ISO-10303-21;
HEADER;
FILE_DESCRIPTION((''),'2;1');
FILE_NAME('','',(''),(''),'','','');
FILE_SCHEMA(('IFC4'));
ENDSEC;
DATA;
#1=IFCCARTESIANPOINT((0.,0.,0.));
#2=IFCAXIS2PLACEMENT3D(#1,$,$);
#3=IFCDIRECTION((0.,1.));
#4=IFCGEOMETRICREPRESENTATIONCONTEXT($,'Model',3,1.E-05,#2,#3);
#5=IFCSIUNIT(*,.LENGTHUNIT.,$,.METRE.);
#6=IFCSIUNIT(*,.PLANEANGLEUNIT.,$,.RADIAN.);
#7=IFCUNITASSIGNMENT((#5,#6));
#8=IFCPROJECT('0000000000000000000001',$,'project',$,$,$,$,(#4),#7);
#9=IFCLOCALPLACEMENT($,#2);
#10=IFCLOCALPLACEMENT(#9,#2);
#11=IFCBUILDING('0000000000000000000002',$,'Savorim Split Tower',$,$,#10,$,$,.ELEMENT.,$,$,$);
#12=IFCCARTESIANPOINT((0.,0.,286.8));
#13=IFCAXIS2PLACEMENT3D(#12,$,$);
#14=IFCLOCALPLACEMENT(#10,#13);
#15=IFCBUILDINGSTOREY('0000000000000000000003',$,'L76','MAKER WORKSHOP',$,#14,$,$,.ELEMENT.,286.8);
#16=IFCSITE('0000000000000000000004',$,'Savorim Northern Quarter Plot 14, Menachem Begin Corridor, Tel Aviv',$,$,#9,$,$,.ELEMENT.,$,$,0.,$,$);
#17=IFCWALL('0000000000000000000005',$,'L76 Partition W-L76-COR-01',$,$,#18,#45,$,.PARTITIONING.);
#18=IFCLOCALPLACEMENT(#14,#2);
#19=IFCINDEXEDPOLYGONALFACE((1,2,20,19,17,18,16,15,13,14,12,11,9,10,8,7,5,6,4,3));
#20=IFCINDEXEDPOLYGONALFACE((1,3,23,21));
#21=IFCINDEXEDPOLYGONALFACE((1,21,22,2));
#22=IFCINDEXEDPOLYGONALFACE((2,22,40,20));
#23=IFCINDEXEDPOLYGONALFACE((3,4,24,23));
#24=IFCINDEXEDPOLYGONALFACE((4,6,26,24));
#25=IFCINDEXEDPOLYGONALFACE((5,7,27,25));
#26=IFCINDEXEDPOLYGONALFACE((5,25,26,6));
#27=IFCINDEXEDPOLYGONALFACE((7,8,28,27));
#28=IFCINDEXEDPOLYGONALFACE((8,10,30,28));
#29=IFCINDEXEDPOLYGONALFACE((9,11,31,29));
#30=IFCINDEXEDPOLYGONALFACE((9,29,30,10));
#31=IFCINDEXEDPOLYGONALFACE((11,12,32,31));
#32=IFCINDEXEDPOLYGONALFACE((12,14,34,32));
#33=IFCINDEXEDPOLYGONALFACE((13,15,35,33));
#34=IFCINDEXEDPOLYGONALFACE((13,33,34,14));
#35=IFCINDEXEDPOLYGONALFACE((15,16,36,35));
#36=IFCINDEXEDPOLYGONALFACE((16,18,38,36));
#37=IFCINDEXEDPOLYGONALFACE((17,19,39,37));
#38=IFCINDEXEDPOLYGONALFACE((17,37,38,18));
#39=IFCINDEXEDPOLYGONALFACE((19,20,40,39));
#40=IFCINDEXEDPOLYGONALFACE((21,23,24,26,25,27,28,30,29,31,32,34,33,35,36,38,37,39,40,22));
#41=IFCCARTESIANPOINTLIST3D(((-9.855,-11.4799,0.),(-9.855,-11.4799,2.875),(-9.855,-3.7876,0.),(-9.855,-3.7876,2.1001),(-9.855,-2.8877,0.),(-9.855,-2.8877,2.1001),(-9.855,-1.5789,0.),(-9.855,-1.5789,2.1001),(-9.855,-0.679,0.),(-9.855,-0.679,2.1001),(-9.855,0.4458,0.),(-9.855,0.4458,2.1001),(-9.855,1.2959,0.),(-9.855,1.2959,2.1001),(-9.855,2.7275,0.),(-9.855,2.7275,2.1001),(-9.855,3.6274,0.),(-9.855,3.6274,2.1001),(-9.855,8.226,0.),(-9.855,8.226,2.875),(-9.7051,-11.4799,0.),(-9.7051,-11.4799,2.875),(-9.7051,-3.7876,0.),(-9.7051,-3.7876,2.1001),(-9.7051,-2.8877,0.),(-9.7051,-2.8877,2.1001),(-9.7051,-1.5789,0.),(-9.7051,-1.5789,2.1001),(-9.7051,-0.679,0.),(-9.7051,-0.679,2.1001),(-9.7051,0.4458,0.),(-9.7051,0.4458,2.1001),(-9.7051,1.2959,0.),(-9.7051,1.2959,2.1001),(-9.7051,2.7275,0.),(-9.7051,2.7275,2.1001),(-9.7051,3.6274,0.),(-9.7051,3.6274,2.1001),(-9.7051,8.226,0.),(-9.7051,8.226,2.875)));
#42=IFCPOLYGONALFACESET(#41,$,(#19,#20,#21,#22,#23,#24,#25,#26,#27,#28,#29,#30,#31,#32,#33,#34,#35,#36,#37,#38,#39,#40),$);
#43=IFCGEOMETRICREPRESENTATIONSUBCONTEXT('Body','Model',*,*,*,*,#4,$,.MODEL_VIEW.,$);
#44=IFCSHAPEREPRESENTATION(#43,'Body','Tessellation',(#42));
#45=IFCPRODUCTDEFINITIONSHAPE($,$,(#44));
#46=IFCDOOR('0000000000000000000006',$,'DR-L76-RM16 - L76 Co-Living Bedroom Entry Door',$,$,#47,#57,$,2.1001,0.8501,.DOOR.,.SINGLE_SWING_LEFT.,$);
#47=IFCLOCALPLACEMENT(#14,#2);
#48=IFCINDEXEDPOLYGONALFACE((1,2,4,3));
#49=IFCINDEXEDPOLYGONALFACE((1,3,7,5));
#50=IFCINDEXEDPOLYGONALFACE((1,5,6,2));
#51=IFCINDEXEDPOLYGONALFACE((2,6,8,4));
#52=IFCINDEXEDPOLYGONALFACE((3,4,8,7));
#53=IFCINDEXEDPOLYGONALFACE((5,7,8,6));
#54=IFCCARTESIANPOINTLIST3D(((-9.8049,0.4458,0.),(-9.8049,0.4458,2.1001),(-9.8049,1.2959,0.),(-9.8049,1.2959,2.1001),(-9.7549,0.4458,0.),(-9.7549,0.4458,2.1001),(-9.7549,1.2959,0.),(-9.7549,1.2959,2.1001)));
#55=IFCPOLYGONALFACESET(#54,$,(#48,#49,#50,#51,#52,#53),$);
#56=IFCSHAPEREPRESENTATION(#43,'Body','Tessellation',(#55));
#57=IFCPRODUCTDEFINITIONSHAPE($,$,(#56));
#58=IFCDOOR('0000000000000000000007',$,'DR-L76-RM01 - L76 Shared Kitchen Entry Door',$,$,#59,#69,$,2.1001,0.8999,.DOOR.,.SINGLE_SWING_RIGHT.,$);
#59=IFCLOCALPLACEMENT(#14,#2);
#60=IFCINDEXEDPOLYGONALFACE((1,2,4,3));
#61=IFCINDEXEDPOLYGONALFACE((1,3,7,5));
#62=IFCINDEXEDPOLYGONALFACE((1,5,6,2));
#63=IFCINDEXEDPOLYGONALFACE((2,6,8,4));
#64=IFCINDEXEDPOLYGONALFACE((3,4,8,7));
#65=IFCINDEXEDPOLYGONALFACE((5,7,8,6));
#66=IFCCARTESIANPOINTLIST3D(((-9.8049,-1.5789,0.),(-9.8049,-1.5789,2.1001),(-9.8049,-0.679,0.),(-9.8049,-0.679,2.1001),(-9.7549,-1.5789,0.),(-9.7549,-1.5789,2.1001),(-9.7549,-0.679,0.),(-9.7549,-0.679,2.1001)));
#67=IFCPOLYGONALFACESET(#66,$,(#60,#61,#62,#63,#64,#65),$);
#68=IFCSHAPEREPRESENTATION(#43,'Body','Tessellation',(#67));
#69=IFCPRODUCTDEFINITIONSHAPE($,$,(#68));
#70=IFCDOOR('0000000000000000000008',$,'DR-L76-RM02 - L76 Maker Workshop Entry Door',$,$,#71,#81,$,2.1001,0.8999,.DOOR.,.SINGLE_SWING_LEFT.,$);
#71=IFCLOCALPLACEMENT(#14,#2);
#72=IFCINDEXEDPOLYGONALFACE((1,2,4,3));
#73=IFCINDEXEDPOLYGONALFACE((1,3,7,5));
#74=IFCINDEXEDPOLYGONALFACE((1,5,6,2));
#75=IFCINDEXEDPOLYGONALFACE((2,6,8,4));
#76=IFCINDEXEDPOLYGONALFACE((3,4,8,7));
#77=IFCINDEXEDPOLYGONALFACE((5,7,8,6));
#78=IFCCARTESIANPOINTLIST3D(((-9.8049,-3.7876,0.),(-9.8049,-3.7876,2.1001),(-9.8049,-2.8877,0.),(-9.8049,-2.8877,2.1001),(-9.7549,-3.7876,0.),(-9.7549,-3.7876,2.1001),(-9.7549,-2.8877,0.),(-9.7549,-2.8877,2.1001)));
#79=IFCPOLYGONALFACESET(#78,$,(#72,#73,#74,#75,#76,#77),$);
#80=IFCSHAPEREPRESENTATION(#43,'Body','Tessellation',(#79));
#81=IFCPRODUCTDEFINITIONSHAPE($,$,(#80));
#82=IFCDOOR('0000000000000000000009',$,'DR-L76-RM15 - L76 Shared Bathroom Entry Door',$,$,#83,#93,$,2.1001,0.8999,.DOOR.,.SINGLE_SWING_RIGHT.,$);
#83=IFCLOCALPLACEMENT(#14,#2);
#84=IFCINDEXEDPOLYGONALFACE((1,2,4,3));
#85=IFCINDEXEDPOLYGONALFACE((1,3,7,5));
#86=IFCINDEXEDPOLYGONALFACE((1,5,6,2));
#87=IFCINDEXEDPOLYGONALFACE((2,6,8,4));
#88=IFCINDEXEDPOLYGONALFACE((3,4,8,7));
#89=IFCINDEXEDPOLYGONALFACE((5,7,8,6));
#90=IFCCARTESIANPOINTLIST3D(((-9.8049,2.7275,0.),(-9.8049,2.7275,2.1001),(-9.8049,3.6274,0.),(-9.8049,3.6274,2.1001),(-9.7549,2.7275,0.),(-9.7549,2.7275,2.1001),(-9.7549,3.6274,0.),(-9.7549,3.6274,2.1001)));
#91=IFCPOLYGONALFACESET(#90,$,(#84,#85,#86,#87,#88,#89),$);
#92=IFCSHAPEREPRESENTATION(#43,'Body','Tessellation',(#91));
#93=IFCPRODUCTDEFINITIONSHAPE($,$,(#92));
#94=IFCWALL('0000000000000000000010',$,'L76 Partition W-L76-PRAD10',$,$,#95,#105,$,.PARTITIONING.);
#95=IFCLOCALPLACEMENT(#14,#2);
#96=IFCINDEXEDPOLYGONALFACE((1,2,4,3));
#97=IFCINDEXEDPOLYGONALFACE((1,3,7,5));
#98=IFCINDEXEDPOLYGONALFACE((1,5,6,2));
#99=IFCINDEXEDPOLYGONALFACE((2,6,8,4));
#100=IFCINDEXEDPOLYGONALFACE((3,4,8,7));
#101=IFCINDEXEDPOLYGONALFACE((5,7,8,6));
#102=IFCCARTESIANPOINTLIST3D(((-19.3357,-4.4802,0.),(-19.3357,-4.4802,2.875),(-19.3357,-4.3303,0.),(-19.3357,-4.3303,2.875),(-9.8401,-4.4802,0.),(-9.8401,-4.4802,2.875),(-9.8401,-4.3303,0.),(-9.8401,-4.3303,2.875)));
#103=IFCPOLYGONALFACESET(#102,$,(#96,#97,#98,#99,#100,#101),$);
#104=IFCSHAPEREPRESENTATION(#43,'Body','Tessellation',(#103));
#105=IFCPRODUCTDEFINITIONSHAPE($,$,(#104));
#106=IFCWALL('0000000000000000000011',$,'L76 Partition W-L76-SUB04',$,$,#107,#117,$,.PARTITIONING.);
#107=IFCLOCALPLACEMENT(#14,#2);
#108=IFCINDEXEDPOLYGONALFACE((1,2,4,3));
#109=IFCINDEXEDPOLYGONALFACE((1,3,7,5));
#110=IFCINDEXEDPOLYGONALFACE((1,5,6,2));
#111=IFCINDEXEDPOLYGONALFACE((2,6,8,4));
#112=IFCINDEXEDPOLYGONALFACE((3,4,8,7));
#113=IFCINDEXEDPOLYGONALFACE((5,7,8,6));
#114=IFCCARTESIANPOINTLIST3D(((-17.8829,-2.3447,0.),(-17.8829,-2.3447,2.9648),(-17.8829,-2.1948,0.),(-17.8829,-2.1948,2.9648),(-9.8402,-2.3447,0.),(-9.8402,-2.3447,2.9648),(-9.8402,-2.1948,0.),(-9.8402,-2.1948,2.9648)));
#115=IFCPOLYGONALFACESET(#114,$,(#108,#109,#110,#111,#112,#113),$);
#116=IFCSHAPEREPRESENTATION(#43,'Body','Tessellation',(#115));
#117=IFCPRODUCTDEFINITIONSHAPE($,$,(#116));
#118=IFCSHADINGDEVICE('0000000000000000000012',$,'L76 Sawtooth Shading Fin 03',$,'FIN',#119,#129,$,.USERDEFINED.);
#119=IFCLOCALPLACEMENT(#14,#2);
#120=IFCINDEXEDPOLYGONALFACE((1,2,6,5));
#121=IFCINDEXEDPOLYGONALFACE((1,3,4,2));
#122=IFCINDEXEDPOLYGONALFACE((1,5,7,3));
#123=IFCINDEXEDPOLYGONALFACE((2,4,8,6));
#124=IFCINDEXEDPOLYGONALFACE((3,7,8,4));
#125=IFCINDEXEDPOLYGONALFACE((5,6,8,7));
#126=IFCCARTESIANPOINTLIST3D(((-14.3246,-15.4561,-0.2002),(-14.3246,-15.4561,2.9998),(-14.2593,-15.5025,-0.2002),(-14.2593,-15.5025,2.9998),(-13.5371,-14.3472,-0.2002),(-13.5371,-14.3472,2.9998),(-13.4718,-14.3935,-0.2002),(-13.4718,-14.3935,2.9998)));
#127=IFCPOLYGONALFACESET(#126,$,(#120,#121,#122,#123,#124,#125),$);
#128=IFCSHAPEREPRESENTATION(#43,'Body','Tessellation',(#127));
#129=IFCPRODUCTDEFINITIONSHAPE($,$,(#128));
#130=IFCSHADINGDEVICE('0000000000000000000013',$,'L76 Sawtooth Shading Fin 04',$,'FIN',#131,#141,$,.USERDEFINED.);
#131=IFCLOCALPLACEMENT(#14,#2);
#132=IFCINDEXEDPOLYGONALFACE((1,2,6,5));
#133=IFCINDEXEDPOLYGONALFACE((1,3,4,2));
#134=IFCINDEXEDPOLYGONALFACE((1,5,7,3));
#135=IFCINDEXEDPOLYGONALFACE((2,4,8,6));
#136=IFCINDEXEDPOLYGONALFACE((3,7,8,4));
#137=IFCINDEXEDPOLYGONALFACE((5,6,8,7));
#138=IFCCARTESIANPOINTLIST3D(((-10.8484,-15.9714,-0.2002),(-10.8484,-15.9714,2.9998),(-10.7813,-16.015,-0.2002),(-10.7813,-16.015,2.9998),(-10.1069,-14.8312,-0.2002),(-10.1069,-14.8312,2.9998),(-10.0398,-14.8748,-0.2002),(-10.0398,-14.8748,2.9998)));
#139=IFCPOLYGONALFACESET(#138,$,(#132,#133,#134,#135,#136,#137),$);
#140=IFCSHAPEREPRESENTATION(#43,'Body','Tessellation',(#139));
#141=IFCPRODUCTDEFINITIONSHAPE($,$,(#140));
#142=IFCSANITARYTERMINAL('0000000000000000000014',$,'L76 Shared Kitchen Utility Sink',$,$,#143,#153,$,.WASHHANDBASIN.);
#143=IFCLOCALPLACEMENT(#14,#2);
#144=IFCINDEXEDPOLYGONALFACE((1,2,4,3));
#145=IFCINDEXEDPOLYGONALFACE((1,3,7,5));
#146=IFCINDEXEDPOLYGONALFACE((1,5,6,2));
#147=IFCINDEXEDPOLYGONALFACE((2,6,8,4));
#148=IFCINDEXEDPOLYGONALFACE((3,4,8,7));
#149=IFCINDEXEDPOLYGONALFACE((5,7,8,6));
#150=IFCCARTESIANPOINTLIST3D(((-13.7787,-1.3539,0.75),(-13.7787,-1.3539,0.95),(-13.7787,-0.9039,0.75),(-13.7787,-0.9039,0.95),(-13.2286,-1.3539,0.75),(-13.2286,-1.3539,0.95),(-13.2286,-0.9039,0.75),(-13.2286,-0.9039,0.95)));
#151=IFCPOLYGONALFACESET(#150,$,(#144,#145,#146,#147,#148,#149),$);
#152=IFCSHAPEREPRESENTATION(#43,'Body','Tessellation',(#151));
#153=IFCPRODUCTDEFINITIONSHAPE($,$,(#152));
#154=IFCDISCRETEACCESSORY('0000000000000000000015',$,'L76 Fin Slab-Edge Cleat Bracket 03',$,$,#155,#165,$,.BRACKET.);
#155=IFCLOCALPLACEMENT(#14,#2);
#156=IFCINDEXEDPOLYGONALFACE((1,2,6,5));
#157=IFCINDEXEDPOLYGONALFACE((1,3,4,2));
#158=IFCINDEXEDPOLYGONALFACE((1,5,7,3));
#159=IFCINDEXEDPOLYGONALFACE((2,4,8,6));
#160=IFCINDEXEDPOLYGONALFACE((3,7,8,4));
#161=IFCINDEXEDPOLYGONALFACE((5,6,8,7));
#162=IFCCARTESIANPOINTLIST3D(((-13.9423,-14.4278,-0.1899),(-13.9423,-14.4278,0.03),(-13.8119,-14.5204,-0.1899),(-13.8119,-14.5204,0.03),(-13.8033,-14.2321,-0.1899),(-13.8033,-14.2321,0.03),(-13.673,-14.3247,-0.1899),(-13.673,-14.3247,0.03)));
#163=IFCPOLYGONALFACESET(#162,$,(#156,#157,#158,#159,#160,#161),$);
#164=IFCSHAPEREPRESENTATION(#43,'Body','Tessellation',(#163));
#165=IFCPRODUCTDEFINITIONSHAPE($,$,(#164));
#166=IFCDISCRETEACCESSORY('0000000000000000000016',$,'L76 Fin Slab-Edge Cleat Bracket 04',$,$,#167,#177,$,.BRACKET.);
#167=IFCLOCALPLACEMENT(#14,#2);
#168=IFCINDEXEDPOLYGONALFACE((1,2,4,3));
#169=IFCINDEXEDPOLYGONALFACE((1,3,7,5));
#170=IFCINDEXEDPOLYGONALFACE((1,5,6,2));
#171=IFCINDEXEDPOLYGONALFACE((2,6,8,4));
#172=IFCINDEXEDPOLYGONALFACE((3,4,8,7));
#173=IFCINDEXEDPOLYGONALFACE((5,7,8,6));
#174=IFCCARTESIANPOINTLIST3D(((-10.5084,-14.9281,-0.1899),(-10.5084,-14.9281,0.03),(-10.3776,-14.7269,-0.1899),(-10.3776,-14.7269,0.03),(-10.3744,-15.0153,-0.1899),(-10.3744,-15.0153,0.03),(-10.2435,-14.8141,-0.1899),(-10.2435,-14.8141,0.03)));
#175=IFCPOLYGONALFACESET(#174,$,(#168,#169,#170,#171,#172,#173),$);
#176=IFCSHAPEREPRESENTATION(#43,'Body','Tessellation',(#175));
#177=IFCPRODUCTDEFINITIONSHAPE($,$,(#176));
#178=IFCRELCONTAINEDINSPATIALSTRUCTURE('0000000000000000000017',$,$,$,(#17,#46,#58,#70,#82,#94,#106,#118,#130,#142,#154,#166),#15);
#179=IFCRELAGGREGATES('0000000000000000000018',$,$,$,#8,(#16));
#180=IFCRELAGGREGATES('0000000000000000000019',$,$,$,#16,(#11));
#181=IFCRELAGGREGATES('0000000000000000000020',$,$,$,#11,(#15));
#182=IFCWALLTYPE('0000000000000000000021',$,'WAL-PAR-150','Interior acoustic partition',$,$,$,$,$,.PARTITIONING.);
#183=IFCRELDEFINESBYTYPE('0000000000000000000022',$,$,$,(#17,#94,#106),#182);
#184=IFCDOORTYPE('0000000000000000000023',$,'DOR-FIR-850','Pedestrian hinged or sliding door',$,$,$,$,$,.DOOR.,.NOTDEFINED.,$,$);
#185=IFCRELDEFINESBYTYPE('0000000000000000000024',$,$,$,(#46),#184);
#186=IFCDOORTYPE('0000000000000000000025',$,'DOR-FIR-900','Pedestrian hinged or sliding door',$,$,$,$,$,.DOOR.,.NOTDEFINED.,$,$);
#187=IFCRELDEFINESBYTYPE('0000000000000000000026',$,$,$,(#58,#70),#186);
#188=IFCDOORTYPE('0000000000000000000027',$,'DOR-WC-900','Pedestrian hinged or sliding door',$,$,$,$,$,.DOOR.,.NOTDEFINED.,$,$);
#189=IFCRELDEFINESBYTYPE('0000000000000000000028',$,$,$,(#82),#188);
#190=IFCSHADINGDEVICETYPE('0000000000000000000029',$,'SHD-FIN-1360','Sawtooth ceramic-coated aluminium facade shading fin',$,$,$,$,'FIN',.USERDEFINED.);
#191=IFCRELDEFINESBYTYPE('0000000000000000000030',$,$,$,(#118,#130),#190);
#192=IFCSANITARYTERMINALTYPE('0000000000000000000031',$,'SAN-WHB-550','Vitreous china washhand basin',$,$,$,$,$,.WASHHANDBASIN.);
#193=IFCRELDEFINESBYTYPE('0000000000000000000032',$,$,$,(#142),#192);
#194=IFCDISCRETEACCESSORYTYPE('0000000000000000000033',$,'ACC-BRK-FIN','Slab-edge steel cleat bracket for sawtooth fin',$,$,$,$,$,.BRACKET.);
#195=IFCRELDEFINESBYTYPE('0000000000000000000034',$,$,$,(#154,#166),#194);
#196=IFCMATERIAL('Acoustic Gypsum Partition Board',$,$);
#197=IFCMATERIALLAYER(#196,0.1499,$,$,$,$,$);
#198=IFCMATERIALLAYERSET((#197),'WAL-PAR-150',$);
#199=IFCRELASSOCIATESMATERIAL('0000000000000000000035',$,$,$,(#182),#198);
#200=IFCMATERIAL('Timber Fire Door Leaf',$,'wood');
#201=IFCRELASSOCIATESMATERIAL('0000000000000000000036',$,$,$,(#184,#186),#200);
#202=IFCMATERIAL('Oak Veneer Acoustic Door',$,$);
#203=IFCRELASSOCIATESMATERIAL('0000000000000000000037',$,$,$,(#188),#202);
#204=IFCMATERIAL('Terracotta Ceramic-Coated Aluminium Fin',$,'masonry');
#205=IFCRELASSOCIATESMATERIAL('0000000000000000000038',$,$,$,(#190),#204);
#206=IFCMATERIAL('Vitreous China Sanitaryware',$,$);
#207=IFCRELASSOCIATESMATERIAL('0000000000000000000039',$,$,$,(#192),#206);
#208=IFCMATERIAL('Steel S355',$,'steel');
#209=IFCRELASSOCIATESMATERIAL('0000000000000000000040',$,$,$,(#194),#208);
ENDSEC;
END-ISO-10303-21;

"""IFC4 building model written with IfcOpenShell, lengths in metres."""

from ifc_helpers import new_model, si_unit, direction, frame, frame_2d, origin, origin_2d, place, context, subcontext, project, spatial, rectangle, extrude, material, layer, layer_set, type_object, element, fill, save


model = new_model("IFC4")

# Units and contexts
model_context = context("Model", 3, precision=1e-05, world=origin(), true_north=direction((0.0, 1.0)))
body_context = subcontext(model_context, "Body", "Model", "MODEL_VIEW")
ifc_project = project(units=[si_unit("LENGTHUNIT", "METRE"), si_unit("PLANEANGLEUNIT", "RADIAN")], contexts=[model_context])

# Site, building, storey
site_placement = place(None, origin())
site = spatial("IfcSite", under=ifc_project, at=site_placement, Name="Savorim Northern Quarter Plot 14, Menachem Begin Corridor, Tel Aviv", CompositionType="ELEMENT", RefElevation=0.0)
building_placement = place(site_placement, origin())
building = spatial("IfcBuilding", under=site, at=building_placement, Name="Savorim Split Tower", CompositionType="ELEMENT")
storey_placement = place(building_placement, frame((0.0, 0.0, 286.8)))
storey = spatial("IfcBuildingStorey", under=building, at=storey_placement, Name="L76", Description="MAKER WORKSHOP", CompositionType="ELEMENT", Elevation=286.8)

# Shared definitions
ifc_material_1 = material(Name="Steel S355", Category="steel")

# Wall, openings, doors
ifc_material_2 = material(Name="Acoustic Gypsum Partition Board")
ifc_layer_1 = layer(ifc_material_2, 0.1499)
ifc_layer_set_1 = layer_set([ifc_layer_1], Name="WAL-PAR-150")
wall_type = type_object("IfcWallType", Name="WAL-PAR-150", Description="Interior acoustic partition", PredefinedType="PARTITIONING", material=ifc_layer_set_1)
wall_1_placement = place(storey_placement, frame((-9.78, -11.48, 0.0), z_axis=(0.0, 0.0, 1.0), x_axis=(0.0, 1.0, 0.0)))
wall_1 = element("IfcWall", 1, at=wall_1_placement, inside=storey, type_object=wall_type, Name="L76 Partition W-L76-COR-01", PredefinedType="PARTITIONING", context=body_context, shape_type="SweptSolid", body=[
    extrude(rectangle(XDim=19.7058, YDim=0.1499, at=frame_2d((9.853, 0.0))), origin(), (0.0, 0.0, 1.0), 2.875),
])
opening_1_placement = place(wall_1_placement, frame((9.9011, 0.0, 0.0)))
opening_1 = element("IfcOpeningElement", 2, at=opening_1_placement, cuts=wall_1, PredefinedType="OPENING", context=body_context, shape_type="SweptSolid", body=[
    extrude(rectangle(XDim=0.8999, YDim=2.1001, at=frame_2d((0.45, 1.05))), frame((0.0, 0.085, 0.0), z_axis=(0.0, -1.0, 0.0), x_axis=(1.0, 0.0, 0.0)), (0.0, 0.0, 1.0), 0.1699),
])
opening_2_placement = place(wall_1_placement, frame((7.6924, 0.0, 0.0)))
opening_2 = element("IfcOpeningElement", 3, at=opening_2_placement, cuts=wall_1, PredefinedType="OPENING", context=body_context, shape_type="SweptSolid", body=[
    extrude(rectangle(XDim=0.8999, YDim=2.1001, at=frame_2d((0.45, 1.05))), frame((0.0, 0.085, 0.0), z_axis=(0.0, -1.0, 0.0), x_axis=(1.0, 0.0, 0.0)), (0.0, 0.0, 1.0), 0.1699),
])
opening_3_placement = place(wall_1_placement, frame((14.2075, 0.0, 0.0)))
opening_3 = element("IfcOpeningElement", 4, at=opening_3_placement, cuts=wall_1, PredefinedType="OPENING", context=body_context, shape_type="SweptSolid", body=[
    extrude(rectangle(XDim=0.8999, YDim=2.1001, at=frame_2d((0.45, 1.05))), frame((0.0, 0.085, 0.0), z_axis=(0.0, -1.0, 0.0), x_axis=(1.0, 0.0, 0.0)), (0.0, 0.0, 1.0), 0.1699),
])
opening_4_placement = place(wall_1_placement, frame((11.9258, 0.0, 0.0)))
opening_4 = element("IfcOpeningElement", 5, at=opening_4_placement, cuts=wall_1, PredefinedType="OPENING", context=body_context, shape_type="SweptSolid", body=[
    extrude(rectangle(XDim=0.8501, YDim=2.1001, at=frame_2d((0.425, 1.05))), frame((0.0, 0.085, 0.0), z_axis=(0.0, -1.0, 0.0), x_axis=(1.0, 0.0, 0.0)), (0.0, 0.0, 1.0), 0.1699),
])
ifc_material_3 = material(Name="Timber Fire Door Leaf", Category="wood")
door_type_1 = type_object("IfcDoorType", Name="DOR-FIR-850", Description="Pedestrian hinged or sliding door", OperationType="NOTDEFINED", PredefinedType="DOOR", material=ifc_material_3)
door_1_placement = place(opening_4_placement, origin())
door_1 = element("IfcDoor", 6, at=door_1_placement, inside=storey, type_object=door_type_1, Name="DR-L76-RM16 - L76 Co-Living Bedroom Entry Door", OperationType="SINGLE_SWING_LEFT", OverallHeight=2.1001, OverallWidth=0.8501, PredefinedType="DOOR", context=body_context, shape_type="SweptSolid", body=[
    extrude(rectangle(XDim=0.8501, YDim=2.1001, at=frame_2d((0.425, 1.05))), frame((0.0, 0.0249, 0.0), z_axis=(0.0, -1.0, 0.0), x_axis=(1.0, 0.0, 0.0)), (0.0, 0.0, 1.0), 0.05),
])
fill(opening_4, door_1)
door_type_2 = type_object("IfcDoorType", Name="DOR-FIR-900", Description="Pedestrian hinged or sliding door", OperationType="NOTDEFINED", PredefinedType="DOOR", material=ifc_material_3)
door_2_placement = place(opening_1_placement, origin())
door_2 = element("IfcDoor", 7, at=door_2_placement, inside=storey, type_object=door_type_2, Name="DR-L76-RM01 - L76 Shared Kitchen Entry Door", OperationType="SINGLE_SWING_RIGHT", OverallHeight=2.1001, OverallWidth=0.8999, PredefinedType="DOOR", context=body_context, shape_type="SweptSolid", body=[
    extrude(rectangle(XDim=0.8999, YDim=2.1001, at=frame_2d((0.45, 1.05))), frame((0.0, 0.0249, 0.0), z_axis=(0.0, -1.0, 0.0), x_axis=(1.0, 0.0, 0.0)), (0.0, 0.0, 1.0), 0.05),
])
fill(opening_1, door_2)
door_3_placement = place(opening_2_placement, origin())
door_3 = element("IfcDoor", 8, at=door_3_placement, inside=storey, type_object=door_type_2, Name="DR-L76-RM02 - L76 Maker Workshop Entry Door", OperationType="SINGLE_SWING_LEFT", OverallHeight=2.1001, OverallWidth=0.8999, PredefinedType="DOOR", context=body_context, shape_type="SweptSolid", body=[
    extrude(rectangle(XDim=0.8999, YDim=2.1001, at=frame_2d((0.45, 1.05))), frame((0.0, 0.0249, 0.0), z_axis=(0.0, -1.0, 0.0), x_axis=(1.0, 0.0, 0.0)), (0.0, 0.0, 1.0), 0.05),
])
fill(opening_2, door_3)
ifc_material_4 = material(Name="Oak Veneer Acoustic Door")
door_type_3 = type_object("IfcDoorType", Name="DOR-WC-900", Description="Pedestrian hinged or sliding door", OperationType="NOTDEFINED", PredefinedType="DOOR", material=ifc_material_4)
door_4_placement = place(opening_3_placement, origin())
door_4 = element("IfcDoor", 9, at=door_4_placement, inside=storey, type_object=door_type_3, Name="DR-L76-RM15 - L76 Shared Bathroom Entry Door", OperationType="SINGLE_SWING_RIGHT", OverallHeight=2.1001, OverallWidth=0.8999, PredefinedType="DOOR", context=body_context, shape_type="SweptSolid", body=[
    extrude(rectangle(XDim=0.8999, YDim=2.1001, at=frame_2d((0.45, 1.05))), frame((0.0, 0.0249, 0.0), z_axis=(0.0, -1.0, 0.0), x_axis=(1.0, 0.0, 0.0)), (0.0, 0.0, 1.0), 0.05),
])
fill(opening_3, door_4)

# Walls
wall_2_placement = place(storey_placement, frame((-9.8401, -4.4053, 0.0), z_axis=(0.0, 0.0, 1.0), x_axis=(-1.0, 0.0, 0.0)))
element("IfcWall", 10, at=wall_2_placement, inside=storey, type_object=wall_type, Name="L76 Partition W-L76-PRAD10", PredefinedType="PARTITIONING", context=body_context, shape_type="SweptSolid", body=[
    extrude(rectangle(XDim=9.4956, YDim=0.1499, at=frame_2d((4.7478, 0.0))), origin(), (0.0, 0.0, 1.0), 2.875),
])
wall_3_placement = place(storey_placement, frame((-9.8401, -2.2698, 0.0), z_axis=(0.0, 0.0, 1.0), x_axis=(-1.0, 0.0, 0.0)))
element("IfcWall", 11, at=wall_3_placement, inside=storey, type_object=wall_type, Name="L76 Partition W-L76-SUB04", PredefinedType="PARTITIONING", context=body_context, shape_type="SweptSolid", body=[
    extrude(rectangle(XDim=8.0427, YDim=0.1499, at=frame_2d((4.0215, 0.0))), origin(), (0.0, 0.0, 1.0), 2.9648),
])

# Shading devices
ifc_material_5 = material(Name="Terracotta Ceramic-Coated Aluminium Fin", Category="masonry")
shading_device_type = type_object("IfcShadingDeviceType", Name="SHD-FIN-1360", Description="Sawtooth ceramic-coated aluminium facade shading fin", ElementType="FIN", PredefinedType="USERDEFINED", material=ifc_material_5)
for number, where, z_axis, x_axis, name in (
    (12, (-13.8982, -14.9248, -0.2002), (0.0, 0.0, 1.0), (-0.578994, -0.815332, 0.0), "L76 Sawtooth Shading Fin 03"),
    (13, (-10.4441, -15.4231, -0.2002), (0.0, 0.0, 1.0), (-0.545148, -0.83834, 0.0), "L76 Sawtooth Shading Fin 04"),
):
    element("IfcShadingDevice", number, at=place(storey_placement, frame(where, z_axis=z_axis, x_axis=x_axis)), inside=storey, type_object=shading_device_type, Name=name, ObjectType="FIN", PredefinedType="USERDEFINED", context=body_context, shape_type="SweptSolid", body=[
        extrude(rectangle(XDim=1.3601, YDim=0.0801, at=origin_2d()), origin(), (0.0, 0.0, 1.0), 3.2),
    ])

# Sanitary terminal
ifc_material_6 = material(Name="Vitreous China Sanitaryware")
sanitary_terminal_type = type_object("IfcSanitaryTerminalType", Name="SAN-WHB-550", Description="Vitreous china washhand basin", PredefinedType="WASHHANDBASIN", material=ifc_material_6)
sanitary_terminal_placement = place(storey_placement, frame((-13.5037, -1.1289, 0.75), z_axis=(0.0, 0.0, 1.0), x_axis=(1.0, 0.0, 0.0)))
element("IfcSanitaryTerminal", 14, at=sanitary_terminal_placement, inside=storey, type_object=sanitary_terminal_type, Name="L76 Shared Kitchen Utility Sink", PredefinedType="WASHHANDBASIN", context=body_context, shape_type="SweptSolid", body=[
    extrude(rectangle(XDim=0.55, YDim=0.45, at=origin_2d()), origin(), (0.0, 0.0, 1.0), 0.2),
])

# Discrete accessories
discrete_accessory_type = type_object("IfcDiscreteAccessoryType", Name="ACC-BRK-FIN", Description="Slab-edge steel cleat bracket for sawtooth fin", PredefinedType="BRACKET", material=ifc_material_1)
for number, where, z_axis, x_axis, name in (
    (15, (-13.8076, -14.3762, -0.1899), (0.0, 0.0, 1.0), (-0.578994, -0.815332, 0.0), "L76 Fin Slab-Edge Cleat Bracket 03"),
    (16, (-10.376, -14.8711, -0.1899), (0.0, 0.0, 1.0), (-0.545148, -0.83834, 0.0), "L76 Fin Slab-Edge Cleat Bracket 04"),
):
    element("IfcDiscreteAccessory", number, at=place(storey_placement, frame(where, z_axis=z_axis, x_axis=x_axis)), inside=storey, type_object=discrete_accessory_type, Name=name, PredefinedType="BRACKET", context=body_context, shape_type="SweptSolid", body=[
        extrude(rectangle(XDim=0.24, YDim=0.1599, at=origin_2d()), origin(), (0.0, 0.0, 1.0), 0.22),
    ])

save(model, "model.ifc")
